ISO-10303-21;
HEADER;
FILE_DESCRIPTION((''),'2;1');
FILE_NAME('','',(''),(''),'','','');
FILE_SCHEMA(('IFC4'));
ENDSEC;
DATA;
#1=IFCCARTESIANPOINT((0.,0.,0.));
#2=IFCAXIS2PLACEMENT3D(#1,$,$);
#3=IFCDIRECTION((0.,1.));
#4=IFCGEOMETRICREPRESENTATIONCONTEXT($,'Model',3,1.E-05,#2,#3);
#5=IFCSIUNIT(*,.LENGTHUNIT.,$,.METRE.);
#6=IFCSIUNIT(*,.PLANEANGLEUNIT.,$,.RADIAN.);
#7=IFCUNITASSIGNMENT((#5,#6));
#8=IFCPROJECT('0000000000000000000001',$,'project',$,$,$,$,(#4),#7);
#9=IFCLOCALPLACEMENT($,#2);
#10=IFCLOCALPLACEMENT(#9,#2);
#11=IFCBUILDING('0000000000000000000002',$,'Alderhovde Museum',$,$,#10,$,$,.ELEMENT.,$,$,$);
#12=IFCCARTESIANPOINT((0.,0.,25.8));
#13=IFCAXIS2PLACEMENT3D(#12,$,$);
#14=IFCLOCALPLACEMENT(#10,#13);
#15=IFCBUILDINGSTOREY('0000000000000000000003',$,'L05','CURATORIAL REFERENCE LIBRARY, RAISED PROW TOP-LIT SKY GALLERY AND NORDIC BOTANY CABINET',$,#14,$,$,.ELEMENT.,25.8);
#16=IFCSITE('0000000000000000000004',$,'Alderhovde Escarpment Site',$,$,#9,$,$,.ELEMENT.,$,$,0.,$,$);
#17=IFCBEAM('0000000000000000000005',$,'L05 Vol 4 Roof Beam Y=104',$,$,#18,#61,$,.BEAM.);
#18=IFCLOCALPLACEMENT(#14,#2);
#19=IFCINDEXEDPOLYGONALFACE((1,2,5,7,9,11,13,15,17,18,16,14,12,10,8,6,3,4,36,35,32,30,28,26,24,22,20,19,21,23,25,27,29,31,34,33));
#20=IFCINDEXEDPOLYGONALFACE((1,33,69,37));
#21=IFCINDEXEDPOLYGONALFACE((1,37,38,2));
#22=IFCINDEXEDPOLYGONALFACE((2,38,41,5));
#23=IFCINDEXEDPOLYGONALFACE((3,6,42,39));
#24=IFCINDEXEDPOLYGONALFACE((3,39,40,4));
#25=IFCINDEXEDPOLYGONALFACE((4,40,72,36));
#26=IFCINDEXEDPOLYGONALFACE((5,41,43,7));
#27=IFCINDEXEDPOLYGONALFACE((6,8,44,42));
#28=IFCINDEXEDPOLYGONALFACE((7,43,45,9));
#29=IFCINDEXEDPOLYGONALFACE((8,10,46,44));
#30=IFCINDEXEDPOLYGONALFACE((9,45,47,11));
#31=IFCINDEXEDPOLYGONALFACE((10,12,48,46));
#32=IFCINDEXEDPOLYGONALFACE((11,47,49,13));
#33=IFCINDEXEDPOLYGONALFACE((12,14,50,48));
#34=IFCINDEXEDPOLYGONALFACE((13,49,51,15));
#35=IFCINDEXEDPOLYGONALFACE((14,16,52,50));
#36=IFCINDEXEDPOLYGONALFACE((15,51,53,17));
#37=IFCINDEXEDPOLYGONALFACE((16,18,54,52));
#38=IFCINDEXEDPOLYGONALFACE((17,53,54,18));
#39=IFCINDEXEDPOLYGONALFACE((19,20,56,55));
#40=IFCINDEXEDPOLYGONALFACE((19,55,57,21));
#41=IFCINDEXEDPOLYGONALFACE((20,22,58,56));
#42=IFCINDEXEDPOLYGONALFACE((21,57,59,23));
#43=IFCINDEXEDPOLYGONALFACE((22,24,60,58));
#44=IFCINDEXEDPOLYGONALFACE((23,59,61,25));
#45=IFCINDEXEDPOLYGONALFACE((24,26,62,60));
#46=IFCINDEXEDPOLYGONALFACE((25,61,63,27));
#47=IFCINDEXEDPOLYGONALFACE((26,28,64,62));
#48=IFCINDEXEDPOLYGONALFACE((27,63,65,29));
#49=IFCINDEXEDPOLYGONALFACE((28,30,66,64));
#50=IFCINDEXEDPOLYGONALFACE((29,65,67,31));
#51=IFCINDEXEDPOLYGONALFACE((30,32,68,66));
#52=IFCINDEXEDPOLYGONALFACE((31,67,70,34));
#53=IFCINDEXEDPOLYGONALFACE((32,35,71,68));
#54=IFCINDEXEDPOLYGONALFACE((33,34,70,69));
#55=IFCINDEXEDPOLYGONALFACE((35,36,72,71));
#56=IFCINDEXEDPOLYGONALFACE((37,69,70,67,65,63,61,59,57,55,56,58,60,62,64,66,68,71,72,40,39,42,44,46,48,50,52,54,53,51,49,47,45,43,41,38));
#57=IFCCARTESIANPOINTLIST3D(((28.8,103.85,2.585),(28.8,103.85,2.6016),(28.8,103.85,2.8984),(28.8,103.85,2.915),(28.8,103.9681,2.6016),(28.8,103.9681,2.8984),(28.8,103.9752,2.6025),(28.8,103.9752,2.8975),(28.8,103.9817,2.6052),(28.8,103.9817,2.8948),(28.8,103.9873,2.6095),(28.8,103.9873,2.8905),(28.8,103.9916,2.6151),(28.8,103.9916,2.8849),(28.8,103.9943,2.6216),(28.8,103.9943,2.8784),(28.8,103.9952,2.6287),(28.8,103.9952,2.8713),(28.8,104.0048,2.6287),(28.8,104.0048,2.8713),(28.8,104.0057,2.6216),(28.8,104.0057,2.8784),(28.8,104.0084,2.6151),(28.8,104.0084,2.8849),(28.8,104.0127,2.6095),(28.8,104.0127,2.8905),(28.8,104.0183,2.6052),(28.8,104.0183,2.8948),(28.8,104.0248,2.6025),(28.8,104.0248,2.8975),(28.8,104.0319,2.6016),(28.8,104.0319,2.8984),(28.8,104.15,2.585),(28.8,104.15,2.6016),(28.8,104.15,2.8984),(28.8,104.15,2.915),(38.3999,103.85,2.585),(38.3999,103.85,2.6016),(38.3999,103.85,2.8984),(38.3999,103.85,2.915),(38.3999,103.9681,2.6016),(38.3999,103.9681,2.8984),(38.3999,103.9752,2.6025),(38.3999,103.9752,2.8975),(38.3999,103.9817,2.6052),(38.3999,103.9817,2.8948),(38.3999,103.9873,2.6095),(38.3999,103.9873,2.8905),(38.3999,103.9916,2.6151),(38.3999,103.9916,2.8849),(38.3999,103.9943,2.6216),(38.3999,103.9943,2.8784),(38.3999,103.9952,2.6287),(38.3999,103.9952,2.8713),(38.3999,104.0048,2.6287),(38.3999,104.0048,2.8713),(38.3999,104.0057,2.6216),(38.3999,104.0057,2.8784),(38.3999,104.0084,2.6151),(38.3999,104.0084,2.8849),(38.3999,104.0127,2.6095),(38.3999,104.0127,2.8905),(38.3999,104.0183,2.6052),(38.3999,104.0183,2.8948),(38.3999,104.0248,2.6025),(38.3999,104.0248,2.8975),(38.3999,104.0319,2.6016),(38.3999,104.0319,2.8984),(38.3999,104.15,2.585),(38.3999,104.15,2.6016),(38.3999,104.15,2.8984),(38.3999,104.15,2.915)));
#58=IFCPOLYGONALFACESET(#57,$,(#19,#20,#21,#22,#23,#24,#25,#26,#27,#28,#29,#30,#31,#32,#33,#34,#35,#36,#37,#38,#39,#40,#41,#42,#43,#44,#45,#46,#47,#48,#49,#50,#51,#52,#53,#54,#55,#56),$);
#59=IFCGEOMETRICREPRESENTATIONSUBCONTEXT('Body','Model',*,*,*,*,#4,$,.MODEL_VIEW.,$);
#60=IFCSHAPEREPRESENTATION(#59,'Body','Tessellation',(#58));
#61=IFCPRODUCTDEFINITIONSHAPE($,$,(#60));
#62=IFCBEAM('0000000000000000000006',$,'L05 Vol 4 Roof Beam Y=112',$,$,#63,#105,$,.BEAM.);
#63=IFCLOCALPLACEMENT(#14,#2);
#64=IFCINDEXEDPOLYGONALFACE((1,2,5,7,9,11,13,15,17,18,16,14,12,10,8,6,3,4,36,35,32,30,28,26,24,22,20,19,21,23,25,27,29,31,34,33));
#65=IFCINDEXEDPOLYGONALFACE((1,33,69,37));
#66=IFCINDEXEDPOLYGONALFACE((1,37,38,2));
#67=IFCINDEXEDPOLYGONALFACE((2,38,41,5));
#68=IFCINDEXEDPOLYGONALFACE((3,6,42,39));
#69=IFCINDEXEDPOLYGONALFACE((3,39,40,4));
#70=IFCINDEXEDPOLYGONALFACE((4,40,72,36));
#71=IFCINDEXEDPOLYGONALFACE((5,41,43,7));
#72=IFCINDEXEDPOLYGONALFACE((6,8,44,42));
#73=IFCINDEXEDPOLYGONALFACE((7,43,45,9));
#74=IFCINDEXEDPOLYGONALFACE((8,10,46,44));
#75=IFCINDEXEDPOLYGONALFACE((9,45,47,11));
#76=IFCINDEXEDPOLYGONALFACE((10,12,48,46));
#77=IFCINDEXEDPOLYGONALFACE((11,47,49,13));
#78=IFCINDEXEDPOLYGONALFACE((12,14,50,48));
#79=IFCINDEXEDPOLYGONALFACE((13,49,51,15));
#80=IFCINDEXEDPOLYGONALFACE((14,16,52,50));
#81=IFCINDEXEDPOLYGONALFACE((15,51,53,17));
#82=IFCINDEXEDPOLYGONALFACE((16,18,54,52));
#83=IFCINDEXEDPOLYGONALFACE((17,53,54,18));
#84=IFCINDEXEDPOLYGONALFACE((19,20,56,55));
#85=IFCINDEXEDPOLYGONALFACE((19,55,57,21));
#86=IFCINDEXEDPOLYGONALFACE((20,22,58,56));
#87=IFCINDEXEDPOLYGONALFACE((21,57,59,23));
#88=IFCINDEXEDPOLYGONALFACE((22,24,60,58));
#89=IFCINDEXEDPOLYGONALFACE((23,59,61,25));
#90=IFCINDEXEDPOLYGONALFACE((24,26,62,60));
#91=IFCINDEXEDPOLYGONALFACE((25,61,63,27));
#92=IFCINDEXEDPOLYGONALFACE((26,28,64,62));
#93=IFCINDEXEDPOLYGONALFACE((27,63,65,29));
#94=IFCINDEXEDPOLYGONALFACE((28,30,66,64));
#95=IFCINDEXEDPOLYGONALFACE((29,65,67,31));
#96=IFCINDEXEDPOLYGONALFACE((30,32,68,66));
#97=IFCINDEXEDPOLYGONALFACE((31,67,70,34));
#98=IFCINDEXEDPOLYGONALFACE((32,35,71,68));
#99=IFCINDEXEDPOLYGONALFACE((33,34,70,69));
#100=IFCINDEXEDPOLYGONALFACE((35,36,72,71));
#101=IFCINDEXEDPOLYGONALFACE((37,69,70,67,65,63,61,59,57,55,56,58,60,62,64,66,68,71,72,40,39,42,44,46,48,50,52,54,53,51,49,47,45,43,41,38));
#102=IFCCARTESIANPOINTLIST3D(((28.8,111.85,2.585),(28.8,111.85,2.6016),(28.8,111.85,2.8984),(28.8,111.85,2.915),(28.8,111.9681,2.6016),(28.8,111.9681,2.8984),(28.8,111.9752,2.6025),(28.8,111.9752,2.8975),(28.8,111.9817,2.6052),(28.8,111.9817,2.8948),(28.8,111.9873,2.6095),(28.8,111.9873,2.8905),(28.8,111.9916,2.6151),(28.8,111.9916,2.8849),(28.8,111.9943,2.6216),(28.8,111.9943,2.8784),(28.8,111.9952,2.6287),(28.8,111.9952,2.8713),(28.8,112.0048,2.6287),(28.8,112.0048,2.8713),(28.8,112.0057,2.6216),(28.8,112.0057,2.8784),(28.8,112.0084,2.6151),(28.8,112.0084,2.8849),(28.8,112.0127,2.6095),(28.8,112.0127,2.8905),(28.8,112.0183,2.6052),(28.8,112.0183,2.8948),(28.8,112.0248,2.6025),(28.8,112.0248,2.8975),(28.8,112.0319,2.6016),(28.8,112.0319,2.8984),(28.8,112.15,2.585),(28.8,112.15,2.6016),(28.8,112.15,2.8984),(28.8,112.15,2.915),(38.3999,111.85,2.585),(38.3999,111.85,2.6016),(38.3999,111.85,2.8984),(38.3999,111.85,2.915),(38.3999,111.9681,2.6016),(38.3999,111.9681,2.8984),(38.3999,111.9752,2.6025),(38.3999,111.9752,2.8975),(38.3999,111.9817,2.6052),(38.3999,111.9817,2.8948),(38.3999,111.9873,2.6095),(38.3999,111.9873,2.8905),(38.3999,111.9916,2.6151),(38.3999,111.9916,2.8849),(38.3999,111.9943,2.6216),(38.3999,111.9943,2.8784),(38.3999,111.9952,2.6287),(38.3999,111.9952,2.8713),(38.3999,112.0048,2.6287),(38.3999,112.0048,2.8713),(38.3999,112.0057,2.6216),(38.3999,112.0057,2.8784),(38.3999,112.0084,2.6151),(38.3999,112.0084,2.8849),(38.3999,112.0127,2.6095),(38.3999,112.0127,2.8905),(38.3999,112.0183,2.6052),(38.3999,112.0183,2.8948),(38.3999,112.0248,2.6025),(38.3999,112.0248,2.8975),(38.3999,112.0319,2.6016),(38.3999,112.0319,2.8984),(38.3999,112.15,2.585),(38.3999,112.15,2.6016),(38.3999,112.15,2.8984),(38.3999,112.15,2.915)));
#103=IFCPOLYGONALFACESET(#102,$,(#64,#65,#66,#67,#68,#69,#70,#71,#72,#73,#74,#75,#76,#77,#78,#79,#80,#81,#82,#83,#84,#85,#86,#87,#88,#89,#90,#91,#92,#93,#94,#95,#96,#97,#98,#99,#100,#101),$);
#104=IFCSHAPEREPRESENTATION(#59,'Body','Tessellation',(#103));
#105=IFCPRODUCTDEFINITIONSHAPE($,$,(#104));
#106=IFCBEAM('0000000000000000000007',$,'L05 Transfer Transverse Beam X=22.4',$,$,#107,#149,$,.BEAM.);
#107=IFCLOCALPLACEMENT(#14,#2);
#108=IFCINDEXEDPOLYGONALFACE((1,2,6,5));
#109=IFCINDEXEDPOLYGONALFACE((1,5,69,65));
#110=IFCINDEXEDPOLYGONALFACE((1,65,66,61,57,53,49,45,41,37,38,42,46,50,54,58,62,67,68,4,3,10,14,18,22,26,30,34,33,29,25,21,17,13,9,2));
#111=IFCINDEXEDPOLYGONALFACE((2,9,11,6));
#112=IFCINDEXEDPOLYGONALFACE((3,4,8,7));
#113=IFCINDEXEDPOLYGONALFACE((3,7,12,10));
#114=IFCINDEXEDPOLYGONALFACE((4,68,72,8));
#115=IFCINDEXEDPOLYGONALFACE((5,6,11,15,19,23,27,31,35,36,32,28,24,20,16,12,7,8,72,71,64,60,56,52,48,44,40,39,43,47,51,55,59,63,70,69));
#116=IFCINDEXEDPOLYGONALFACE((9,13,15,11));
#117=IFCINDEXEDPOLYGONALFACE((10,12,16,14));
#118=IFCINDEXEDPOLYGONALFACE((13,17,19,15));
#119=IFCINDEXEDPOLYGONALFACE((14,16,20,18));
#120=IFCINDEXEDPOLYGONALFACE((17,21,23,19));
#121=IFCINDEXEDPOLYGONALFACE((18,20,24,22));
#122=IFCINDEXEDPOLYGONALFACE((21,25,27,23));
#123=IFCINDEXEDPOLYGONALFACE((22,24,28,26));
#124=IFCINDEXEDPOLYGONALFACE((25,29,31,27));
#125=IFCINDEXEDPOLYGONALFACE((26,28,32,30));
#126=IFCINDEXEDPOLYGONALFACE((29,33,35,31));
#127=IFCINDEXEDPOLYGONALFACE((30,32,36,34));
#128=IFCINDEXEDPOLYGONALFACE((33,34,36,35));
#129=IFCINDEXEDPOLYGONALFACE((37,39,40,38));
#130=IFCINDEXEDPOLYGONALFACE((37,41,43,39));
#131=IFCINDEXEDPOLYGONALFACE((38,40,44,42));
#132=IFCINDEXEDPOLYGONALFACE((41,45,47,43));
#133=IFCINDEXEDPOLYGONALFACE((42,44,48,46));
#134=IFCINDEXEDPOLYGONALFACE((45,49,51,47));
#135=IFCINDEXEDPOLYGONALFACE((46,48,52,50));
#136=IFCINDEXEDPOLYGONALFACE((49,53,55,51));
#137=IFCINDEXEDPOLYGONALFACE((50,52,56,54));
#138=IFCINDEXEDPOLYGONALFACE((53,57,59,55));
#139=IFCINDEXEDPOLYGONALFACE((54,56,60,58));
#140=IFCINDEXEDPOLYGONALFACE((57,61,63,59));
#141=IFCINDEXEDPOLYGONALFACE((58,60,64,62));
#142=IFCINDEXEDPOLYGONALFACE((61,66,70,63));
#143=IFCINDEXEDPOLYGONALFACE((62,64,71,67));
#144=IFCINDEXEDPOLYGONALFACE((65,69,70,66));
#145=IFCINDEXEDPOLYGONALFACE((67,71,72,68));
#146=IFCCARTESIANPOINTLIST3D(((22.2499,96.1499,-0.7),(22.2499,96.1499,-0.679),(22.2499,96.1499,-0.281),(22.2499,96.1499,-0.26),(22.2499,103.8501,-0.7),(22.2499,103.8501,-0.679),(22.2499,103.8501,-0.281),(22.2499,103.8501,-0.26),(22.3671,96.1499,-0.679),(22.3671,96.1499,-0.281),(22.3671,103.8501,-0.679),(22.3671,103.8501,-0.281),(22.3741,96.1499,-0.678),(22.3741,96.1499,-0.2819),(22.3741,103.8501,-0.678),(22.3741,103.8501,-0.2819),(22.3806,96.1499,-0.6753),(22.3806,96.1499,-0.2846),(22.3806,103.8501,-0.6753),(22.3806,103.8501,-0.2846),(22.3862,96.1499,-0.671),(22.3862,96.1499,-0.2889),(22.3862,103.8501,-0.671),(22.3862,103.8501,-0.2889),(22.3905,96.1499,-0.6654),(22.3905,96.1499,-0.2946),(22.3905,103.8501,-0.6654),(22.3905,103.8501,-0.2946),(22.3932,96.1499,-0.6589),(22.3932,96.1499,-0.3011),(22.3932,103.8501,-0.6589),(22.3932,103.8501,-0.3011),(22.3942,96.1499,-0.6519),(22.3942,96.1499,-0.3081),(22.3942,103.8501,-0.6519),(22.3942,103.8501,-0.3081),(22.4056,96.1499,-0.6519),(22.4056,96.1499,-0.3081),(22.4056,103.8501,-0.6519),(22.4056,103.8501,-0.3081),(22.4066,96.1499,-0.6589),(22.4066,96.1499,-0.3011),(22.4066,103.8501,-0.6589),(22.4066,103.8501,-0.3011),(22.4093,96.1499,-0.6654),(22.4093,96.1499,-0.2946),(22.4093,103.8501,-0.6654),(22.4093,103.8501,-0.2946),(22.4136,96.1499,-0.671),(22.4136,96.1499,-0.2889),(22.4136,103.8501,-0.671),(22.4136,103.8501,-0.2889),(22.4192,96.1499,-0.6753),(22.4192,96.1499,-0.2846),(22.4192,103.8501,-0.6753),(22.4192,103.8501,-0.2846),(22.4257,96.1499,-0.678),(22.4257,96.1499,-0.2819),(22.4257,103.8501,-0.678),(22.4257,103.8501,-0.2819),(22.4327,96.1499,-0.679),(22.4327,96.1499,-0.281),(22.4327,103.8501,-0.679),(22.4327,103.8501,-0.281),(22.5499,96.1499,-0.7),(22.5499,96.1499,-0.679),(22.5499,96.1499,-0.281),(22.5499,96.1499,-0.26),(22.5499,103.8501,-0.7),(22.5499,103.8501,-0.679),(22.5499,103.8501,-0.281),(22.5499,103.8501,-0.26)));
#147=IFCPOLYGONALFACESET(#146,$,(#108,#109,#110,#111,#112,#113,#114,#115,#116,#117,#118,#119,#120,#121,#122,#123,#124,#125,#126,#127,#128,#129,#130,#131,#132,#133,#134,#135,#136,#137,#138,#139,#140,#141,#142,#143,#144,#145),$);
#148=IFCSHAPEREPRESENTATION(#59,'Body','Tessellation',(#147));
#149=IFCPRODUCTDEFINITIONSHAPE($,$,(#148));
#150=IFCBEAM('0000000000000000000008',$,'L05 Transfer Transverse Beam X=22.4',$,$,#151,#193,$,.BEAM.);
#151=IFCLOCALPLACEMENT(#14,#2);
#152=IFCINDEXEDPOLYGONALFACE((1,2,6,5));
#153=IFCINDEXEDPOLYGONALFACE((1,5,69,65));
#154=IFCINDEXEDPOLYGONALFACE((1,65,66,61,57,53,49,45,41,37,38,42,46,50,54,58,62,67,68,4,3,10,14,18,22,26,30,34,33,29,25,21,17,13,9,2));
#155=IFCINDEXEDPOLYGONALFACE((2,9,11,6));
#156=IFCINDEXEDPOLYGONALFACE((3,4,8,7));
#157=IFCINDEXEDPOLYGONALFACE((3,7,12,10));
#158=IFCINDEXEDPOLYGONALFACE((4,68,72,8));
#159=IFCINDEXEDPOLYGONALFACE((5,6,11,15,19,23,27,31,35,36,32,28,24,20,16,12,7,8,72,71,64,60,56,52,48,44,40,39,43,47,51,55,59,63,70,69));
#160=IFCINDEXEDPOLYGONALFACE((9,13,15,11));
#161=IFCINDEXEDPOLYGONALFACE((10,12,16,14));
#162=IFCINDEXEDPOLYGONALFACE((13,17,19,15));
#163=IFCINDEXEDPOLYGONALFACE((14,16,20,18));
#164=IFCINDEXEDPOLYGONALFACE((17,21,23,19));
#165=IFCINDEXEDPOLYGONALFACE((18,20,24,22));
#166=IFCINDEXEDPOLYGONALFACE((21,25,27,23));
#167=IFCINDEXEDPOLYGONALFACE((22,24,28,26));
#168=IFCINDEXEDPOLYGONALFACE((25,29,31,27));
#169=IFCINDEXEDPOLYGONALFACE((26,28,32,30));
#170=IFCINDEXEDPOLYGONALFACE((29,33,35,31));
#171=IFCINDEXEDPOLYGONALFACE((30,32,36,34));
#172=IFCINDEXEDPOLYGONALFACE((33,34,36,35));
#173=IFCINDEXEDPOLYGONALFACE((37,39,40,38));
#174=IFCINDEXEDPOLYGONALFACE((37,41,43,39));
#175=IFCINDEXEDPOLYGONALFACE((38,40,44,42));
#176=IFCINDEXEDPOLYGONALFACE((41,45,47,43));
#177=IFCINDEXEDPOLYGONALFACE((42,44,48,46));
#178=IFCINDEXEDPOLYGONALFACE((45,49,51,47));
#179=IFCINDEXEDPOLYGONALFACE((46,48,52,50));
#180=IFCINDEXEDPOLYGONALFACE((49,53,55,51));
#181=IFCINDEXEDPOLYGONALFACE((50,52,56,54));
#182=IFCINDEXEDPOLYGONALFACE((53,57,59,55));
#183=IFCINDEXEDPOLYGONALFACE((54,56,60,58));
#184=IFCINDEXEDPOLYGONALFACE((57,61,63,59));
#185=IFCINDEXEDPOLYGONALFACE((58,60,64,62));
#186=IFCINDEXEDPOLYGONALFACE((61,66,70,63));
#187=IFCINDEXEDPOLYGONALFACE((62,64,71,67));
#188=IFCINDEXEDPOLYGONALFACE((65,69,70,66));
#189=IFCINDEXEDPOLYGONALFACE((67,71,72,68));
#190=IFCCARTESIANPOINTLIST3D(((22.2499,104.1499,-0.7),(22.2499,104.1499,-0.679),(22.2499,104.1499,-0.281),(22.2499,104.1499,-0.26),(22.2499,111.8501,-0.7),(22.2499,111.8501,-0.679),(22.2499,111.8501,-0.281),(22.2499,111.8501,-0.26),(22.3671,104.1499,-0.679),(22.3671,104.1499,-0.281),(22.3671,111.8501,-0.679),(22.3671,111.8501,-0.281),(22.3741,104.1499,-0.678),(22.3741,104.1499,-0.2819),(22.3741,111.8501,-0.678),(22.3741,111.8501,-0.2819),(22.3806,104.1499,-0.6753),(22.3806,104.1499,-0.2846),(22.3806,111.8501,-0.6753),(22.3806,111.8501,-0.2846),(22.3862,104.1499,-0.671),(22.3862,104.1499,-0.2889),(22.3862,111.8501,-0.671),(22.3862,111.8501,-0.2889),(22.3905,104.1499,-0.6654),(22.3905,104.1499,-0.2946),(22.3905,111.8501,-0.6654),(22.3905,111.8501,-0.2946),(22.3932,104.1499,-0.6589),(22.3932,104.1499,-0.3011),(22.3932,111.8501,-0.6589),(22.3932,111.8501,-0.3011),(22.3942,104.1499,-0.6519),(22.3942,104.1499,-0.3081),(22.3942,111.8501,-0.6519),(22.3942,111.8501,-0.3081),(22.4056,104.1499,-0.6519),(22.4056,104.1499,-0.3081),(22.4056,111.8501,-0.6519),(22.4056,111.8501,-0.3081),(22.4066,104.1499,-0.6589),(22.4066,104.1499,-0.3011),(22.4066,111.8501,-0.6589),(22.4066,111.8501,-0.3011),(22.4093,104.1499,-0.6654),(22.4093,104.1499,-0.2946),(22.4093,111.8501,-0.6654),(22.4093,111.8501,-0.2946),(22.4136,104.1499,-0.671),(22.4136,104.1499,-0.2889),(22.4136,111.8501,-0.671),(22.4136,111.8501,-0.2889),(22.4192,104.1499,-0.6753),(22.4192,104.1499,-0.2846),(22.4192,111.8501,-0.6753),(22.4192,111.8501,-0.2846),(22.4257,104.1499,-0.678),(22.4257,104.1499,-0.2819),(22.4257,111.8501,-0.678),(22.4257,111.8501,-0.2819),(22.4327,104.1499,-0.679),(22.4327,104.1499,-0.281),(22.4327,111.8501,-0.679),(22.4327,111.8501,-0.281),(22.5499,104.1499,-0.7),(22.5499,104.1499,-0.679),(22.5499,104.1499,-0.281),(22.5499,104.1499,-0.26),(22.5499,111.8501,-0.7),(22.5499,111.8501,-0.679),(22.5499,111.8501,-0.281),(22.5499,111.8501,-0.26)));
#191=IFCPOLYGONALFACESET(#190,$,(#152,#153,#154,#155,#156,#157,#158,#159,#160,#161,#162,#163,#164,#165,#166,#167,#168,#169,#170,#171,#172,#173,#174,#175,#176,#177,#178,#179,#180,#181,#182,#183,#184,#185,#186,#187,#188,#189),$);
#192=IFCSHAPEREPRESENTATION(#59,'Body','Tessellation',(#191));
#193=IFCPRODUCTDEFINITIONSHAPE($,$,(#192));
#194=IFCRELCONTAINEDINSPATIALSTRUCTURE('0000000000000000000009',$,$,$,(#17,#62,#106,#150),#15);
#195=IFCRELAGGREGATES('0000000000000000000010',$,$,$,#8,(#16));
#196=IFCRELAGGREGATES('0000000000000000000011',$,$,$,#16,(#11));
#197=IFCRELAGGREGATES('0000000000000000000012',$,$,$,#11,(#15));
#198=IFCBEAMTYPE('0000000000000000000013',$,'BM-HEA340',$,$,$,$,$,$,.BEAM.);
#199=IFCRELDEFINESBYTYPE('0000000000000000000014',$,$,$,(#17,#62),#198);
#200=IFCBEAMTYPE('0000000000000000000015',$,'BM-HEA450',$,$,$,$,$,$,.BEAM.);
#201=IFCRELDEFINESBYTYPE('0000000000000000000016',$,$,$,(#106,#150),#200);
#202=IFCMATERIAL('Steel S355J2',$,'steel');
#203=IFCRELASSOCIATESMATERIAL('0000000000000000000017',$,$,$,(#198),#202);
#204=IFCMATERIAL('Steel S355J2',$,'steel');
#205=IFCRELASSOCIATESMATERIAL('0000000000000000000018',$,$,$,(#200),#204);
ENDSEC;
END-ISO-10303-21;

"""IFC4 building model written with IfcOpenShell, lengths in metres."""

from ifc_helpers import new_model, si_unit, direction, frame, origin, origin_2d, place, context, subcontext, project, spatial, i_section, extrude, material, material_profile, profile_set, type_object, element, save


model = new_model("IFC4")

# Units and contexts
model_context = context("Model", 3, precision=1e-05, world=origin(), true_north=direction((0.0, 1.0)))
body_context = subcontext(model_context, "Body", "Model", "MODEL_VIEW")
ifc_project = project(units=[si_unit("LENGTHUNIT", "METRE"), si_unit("PLANEANGLEUNIT", "RADIAN")], contexts=[model_context])

# Site, building, storey
site_placement = place(None, origin())
site = spatial("IfcSite", under=ifc_project, at=site_placement, Name="Alderhovde Escarpment Site", CompositionType="ELEMENT", RefElevation=0.0)
building_placement = place(site_placement, origin())
building = spatial("IfcBuilding", under=site, at=building_placement, Name="Alderhovde Museum", CompositionType="ELEMENT")
storey_placement = place(building_placement, frame((0.0, 0.0, 25.8)))
storey = spatial("IfcBuildingStorey", under=building, at=storey_placement, Name="L05", Description="CURATORIAL REFERENCE LIBRARY, RAISED PROW TOP-LIT SKY GALLERY AND NORDIC BOTANY CABINET", CompositionType="ELEMENT", Elevation=25.8)

# Beams
ifc_material_1 = material(Name="Steel S355J2", Category="steel")
ifc_material_profile_1 = material_profile(ifc_material_1, i_section(OverallWidth=0.3, OverallDepth=0.3301, WebThickness=0.0095, FlangeThickness=0.0166, FilletRadius=0.0271, at=origin_2d()), Name="HEA 340")
ifc_profile_set_1 = profile_set([ifc_material_profile_1], Name="Steel S355J2")
beam_type_1 = type_object("IfcBeamType", Name="BM-HEA340", PredefinedType="BEAM", material=ifc_profile_set_1)
for number, where, z_axis, x_axis, name in (
    (1, (28.8, 104.0, 2.75), (1.0, 0.0, 0.0), (0.0, 1.0, 0.0), "L05 Vol 4 Roof Beam Y=104"),
    (2, (28.8, 112.0, 2.75), (1.0, 0.0, 0.0), (0.0, 1.0, 0.0), "L05 Vol 4 Roof Beam Y=112"),
):
    element("IfcBeam", number, at=place(storey_placement, frame(where, z_axis=z_axis, x_axis=x_axis)), inside=storey, type_object=beam_type_1, Name=name, PredefinedType="BEAM", context=body_context, shape_type="SweptSolid", body=[
        extrude(i_section(OverallWidth=0.3, OverallDepth=0.3301, WebThickness=0.0095, FlangeThickness=0.0166, FilletRadius=0.0271, at=origin_2d()), origin(), (0.0, 0.0, 1.0), 9.5999),
    ])
ifc_material_2 = material(Name="Steel S355J2", Category="steel")
ifc_material_profile_2 = material_profile(ifc_material_2, i_section(OverallWidth=0.3, OverallDepth=0.4399, WebThickness=0.0115, FlangeThickness=0.021, FilletRadius=0.0271, at=origin_2d()), Name="HEA 450")
ifc_profile_set_2 = profile_set([ifc_material_profile_2], Name="Steel S355J2")
beam_type_2 = type_object("IfcBeamType", Name="BM-HEA450", PredefinedType="BEAM", material=ifc_profile_set_2)
for number, where, z_axis, x_axis, name in (
    (3, (22.3999, 96.1499, -0.48), (0.0, 1.0, 0.0), (-1.0, 0.0, 0.0), "L05 Transfer Transverse Beam X=22.4"),
    (4, (22.3999, 104.1499, -0.48), (0.0, 1.0, 0.0), (-1.0, 0.0, 0.0), "L05 Transfer Transverse Beam X=22.4"),
):
    element("IfcBeam", number, at=place(storey_placement, frame(where, z_axis=z_axis, x_axis=x_axis)), inside=storey, type_object=beam_type_2, Name=name, PredefinedType="BEAM", context=body_context, shape_type="SweptSolid", body=[
        extrude(i_section(OverallWidth=0.3, OverallDepth=0.4399, WebThickness=0.0115, FlangeThickness=0.021, FilletRadius=0.0271, at=origin_2d()), origin(), (0.0, 0.0, 1.0), 7.7002),
    ])

save(model, "model.ifc")
